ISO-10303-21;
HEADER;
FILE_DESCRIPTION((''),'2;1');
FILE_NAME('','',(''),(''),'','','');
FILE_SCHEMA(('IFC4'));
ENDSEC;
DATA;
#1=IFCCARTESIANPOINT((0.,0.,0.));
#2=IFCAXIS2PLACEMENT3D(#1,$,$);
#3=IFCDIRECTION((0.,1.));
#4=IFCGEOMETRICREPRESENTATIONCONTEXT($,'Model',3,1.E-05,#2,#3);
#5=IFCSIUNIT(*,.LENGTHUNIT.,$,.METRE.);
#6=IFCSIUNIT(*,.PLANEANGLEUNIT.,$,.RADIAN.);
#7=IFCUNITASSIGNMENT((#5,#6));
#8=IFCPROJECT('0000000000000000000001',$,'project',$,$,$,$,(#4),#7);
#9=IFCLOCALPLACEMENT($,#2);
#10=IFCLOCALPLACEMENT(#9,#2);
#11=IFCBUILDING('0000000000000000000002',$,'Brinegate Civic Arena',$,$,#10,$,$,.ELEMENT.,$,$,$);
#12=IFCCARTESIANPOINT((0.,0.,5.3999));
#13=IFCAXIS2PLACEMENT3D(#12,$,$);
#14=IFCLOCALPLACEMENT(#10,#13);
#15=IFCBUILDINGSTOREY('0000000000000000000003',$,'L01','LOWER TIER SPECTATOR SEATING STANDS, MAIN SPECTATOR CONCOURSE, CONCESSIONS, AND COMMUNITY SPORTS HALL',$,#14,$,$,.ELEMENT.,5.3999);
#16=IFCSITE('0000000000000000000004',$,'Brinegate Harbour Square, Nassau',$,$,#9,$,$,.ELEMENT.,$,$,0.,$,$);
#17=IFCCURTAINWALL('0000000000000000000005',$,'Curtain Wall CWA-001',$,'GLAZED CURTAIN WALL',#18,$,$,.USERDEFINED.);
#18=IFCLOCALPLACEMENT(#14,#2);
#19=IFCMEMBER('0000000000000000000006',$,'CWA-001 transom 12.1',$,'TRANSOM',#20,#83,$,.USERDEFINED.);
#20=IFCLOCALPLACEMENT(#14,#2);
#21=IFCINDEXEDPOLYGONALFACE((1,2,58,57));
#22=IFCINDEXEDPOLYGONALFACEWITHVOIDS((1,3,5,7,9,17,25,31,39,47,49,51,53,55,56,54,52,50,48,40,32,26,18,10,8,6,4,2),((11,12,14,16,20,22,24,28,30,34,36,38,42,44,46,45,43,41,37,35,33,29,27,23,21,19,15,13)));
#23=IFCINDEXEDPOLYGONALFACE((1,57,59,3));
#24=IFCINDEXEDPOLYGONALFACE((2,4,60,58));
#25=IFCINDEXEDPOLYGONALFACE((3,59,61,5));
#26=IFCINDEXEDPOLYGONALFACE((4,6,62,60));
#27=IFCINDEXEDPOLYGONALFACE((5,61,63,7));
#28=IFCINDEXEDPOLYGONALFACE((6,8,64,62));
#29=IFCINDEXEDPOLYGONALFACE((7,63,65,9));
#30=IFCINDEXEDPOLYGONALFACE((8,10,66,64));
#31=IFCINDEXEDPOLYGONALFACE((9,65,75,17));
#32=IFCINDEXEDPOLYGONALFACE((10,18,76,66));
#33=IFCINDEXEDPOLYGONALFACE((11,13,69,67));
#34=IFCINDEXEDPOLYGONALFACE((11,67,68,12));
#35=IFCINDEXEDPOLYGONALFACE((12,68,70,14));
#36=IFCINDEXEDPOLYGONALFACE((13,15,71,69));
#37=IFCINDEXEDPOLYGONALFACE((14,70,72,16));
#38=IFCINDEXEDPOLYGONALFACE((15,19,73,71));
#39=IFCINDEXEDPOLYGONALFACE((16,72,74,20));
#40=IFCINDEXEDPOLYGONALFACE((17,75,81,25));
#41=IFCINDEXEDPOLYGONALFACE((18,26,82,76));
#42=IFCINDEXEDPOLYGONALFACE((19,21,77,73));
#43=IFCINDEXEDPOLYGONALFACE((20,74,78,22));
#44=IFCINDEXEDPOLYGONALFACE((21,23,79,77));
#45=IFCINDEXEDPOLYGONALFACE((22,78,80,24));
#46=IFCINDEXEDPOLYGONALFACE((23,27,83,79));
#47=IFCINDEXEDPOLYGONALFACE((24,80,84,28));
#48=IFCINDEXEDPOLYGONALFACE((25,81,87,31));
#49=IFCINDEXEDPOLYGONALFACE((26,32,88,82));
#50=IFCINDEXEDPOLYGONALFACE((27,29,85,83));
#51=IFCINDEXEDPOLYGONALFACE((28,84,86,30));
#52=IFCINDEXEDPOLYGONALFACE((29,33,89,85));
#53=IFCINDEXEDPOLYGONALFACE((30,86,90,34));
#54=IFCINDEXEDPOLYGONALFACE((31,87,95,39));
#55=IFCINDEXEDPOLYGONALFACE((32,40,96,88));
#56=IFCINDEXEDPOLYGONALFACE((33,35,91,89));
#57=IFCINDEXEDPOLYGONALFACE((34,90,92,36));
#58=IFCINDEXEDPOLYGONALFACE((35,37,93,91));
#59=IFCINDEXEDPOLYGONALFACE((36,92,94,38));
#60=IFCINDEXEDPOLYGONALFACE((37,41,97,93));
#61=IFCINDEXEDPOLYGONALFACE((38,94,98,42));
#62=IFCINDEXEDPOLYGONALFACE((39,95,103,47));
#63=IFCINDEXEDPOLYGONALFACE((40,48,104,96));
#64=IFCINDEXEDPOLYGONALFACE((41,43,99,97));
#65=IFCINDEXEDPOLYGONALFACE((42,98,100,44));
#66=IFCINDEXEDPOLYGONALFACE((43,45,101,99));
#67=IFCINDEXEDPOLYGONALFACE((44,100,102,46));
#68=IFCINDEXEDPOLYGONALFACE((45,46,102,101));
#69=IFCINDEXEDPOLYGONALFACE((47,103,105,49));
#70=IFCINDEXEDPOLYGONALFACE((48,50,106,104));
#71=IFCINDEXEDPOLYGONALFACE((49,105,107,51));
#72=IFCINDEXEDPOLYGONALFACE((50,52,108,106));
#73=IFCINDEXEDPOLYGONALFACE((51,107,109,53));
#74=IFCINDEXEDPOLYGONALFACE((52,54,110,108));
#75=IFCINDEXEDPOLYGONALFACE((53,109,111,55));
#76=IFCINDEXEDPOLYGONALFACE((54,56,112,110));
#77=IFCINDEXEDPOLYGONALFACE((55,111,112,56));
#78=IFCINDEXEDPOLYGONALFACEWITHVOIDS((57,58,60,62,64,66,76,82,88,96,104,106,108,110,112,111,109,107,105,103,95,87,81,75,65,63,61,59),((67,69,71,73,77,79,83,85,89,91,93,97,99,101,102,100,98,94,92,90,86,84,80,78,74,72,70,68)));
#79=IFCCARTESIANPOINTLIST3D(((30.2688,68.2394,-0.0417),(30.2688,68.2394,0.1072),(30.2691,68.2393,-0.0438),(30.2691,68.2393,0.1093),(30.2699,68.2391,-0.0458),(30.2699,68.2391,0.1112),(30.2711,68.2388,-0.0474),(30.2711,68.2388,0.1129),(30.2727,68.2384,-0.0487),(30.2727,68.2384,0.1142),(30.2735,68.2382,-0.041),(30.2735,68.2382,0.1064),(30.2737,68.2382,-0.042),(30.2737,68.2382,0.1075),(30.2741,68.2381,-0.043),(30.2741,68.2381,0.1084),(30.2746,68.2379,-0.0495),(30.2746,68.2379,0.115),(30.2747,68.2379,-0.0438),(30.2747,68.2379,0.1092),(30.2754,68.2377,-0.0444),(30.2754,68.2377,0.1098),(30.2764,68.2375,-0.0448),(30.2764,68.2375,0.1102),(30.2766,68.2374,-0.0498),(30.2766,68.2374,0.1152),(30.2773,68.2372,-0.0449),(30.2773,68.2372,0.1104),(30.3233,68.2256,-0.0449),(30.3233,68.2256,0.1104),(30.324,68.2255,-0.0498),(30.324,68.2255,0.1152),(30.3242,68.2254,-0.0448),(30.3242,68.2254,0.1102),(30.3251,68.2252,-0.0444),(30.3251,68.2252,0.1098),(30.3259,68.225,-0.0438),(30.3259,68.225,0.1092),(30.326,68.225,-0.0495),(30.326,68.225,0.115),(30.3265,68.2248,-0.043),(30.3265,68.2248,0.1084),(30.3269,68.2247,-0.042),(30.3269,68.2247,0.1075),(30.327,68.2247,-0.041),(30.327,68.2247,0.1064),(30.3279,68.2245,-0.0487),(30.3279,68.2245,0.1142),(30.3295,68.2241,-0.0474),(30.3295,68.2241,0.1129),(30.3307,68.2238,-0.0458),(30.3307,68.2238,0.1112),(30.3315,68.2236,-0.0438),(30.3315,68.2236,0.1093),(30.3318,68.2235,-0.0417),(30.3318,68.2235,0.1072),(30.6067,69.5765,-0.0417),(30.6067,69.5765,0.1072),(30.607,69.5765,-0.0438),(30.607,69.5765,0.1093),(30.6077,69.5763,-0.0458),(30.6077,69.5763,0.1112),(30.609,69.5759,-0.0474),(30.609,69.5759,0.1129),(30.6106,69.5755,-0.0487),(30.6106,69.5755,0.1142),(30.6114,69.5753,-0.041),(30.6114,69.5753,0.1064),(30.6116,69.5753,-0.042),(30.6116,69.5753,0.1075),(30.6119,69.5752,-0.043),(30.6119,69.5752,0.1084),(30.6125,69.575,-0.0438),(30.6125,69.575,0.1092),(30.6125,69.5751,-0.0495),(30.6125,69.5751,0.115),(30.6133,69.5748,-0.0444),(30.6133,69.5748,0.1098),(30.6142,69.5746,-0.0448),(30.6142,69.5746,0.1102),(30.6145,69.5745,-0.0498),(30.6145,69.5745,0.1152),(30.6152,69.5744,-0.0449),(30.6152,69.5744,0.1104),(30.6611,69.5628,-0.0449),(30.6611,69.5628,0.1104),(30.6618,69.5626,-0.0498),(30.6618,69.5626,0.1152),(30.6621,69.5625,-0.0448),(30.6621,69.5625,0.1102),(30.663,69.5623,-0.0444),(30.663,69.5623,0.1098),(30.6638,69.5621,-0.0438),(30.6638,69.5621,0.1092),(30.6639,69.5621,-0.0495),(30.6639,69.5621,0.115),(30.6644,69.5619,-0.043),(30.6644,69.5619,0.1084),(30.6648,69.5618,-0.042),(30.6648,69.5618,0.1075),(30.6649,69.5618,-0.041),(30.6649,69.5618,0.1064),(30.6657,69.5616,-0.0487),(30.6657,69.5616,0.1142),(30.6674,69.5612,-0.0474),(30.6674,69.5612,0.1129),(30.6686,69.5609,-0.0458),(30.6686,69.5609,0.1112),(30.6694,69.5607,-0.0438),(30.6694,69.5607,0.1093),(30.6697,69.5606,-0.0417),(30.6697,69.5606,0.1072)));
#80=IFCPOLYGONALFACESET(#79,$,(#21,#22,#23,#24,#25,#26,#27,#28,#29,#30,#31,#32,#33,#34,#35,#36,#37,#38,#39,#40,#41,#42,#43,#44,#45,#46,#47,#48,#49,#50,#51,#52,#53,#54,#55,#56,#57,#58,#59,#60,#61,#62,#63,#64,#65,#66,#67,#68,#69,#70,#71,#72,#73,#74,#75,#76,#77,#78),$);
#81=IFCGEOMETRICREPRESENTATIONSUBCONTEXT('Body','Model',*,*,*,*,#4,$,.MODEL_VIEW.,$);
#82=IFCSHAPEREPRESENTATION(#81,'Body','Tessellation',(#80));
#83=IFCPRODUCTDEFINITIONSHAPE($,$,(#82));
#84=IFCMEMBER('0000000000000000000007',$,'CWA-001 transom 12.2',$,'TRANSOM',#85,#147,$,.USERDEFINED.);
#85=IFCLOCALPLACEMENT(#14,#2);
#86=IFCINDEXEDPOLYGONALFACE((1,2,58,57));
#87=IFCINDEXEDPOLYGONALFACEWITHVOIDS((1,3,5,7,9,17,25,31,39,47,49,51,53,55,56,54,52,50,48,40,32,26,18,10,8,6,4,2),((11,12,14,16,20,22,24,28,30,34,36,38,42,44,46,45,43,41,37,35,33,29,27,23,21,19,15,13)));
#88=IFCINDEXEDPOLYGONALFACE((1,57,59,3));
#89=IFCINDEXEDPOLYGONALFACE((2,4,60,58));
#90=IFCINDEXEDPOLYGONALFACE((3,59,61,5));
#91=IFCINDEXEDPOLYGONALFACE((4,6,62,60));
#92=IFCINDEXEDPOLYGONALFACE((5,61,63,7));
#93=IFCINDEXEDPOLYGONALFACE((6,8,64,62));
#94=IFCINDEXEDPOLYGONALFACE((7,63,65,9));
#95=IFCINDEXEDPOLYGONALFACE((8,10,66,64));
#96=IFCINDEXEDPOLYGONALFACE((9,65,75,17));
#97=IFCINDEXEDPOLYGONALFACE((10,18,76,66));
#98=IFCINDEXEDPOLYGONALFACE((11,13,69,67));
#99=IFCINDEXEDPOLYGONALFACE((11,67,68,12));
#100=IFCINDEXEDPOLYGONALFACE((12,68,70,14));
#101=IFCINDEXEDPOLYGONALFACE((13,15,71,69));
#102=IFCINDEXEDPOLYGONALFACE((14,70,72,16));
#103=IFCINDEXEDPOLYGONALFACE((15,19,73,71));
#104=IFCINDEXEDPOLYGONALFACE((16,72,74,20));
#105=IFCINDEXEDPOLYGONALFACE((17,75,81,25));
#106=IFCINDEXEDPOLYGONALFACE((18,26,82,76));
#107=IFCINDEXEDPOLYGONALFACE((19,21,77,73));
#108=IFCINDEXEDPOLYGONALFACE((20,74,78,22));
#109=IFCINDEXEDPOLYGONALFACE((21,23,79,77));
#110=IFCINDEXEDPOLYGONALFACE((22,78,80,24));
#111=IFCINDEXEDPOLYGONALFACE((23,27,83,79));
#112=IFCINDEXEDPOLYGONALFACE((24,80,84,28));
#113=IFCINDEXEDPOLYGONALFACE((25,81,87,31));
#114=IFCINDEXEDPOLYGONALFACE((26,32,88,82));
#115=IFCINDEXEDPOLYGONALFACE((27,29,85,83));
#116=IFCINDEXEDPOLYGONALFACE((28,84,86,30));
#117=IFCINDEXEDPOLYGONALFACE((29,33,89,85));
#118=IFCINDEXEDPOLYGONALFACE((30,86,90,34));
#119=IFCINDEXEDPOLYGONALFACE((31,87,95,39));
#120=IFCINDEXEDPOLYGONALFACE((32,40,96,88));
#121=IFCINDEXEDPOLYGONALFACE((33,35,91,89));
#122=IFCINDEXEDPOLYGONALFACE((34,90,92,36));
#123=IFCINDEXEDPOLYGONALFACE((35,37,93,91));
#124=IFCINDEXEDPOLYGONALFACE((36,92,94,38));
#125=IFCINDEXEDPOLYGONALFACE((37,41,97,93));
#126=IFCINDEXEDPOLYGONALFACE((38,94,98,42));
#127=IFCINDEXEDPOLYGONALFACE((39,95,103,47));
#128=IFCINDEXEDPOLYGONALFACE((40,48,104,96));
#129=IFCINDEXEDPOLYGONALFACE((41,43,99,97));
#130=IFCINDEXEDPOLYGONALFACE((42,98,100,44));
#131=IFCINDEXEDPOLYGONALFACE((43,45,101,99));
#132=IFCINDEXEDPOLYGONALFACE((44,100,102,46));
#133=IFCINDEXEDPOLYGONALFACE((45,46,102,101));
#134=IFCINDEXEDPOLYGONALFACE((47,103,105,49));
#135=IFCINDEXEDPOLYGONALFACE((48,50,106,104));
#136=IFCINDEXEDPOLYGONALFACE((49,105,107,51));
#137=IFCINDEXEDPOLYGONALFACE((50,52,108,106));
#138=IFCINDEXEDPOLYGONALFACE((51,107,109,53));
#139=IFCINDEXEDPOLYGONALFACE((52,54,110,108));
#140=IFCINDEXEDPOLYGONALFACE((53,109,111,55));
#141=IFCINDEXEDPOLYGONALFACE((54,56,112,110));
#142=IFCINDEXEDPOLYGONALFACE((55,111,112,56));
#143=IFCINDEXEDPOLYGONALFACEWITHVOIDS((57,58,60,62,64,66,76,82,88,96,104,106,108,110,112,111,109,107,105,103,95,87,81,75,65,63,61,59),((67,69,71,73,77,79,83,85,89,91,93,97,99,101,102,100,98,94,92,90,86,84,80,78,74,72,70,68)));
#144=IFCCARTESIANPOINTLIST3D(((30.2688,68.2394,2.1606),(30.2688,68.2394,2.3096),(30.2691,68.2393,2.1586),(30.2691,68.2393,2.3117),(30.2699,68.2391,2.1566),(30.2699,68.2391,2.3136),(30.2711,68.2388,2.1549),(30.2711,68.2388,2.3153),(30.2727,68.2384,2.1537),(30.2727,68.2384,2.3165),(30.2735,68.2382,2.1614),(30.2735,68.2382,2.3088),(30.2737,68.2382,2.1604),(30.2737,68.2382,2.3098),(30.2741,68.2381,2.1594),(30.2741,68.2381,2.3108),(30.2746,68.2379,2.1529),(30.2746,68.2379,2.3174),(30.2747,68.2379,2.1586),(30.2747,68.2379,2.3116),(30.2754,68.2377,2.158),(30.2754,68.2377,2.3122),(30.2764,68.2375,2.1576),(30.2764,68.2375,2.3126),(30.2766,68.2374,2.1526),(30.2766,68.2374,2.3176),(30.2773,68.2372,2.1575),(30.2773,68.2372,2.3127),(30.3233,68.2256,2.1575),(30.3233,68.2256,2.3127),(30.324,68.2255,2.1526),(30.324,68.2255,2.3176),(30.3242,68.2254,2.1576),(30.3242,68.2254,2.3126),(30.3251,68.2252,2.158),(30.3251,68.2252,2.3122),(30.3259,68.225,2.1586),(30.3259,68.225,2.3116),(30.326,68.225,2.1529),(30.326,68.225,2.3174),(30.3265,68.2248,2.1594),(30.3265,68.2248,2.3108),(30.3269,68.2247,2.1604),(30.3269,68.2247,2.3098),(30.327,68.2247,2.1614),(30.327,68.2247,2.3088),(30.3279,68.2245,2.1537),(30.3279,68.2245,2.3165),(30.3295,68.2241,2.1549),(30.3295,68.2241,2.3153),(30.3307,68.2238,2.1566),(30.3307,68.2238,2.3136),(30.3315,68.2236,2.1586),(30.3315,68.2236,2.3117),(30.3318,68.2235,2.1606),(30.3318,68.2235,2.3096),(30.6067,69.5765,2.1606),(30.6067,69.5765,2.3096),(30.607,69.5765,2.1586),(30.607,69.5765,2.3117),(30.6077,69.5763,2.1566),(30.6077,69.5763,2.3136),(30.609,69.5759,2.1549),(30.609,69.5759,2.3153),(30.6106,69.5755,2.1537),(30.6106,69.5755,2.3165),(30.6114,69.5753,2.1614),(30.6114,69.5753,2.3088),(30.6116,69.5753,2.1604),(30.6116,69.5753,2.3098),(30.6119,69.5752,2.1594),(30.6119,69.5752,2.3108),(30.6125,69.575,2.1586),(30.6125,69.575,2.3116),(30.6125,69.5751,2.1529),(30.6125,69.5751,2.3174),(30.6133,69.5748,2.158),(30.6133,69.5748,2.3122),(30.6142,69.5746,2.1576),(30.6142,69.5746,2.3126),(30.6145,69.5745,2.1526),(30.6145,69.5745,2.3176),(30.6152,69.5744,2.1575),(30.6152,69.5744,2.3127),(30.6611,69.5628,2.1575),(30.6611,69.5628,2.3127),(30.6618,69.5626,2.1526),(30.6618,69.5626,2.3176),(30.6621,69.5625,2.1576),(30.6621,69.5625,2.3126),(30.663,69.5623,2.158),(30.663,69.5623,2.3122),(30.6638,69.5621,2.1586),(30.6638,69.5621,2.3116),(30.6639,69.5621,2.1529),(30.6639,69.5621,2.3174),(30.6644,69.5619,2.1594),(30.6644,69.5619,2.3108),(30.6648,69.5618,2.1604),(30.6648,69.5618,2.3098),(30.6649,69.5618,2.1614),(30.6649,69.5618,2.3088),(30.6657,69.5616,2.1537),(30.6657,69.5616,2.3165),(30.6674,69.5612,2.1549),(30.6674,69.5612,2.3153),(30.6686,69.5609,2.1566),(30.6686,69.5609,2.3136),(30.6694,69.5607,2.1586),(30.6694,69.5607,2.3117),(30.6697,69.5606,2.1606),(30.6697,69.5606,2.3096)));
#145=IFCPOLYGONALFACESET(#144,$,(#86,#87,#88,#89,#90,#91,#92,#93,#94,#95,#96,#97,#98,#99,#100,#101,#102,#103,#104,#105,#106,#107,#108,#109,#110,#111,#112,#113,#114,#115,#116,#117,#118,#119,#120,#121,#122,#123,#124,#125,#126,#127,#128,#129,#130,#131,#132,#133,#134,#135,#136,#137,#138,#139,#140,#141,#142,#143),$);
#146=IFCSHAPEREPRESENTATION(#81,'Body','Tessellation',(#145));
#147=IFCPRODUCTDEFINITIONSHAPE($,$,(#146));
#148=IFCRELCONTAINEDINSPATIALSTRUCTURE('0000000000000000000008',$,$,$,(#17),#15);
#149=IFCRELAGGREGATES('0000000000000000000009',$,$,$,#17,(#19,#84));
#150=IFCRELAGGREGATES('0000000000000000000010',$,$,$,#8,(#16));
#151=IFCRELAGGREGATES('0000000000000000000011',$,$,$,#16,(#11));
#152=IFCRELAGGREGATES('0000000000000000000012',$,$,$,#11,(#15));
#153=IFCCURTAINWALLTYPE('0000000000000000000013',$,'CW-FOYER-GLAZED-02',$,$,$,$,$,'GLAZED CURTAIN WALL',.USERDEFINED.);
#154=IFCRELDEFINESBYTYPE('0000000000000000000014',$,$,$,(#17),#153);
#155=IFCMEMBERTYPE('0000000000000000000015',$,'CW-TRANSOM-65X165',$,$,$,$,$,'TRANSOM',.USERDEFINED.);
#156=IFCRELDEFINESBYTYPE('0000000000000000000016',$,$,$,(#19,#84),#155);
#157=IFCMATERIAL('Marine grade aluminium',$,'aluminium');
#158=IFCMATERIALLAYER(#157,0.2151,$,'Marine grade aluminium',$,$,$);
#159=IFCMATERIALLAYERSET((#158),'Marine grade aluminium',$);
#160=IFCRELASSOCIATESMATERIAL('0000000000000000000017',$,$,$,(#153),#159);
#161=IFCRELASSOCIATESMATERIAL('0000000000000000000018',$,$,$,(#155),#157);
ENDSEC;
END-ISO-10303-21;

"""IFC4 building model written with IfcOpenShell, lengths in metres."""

from ifc_helpers import new_model, si_unit, direction, frame, origin, origin_2d, place, context, subcontext, project, spatial, hollow_rectangle, extrude, material, layer, layer_set, material_profile, profile_set, type_object, element, aggregate, save


model = new_model("IFC4")

# Units and contexts
model_context = context("Model", 3, precision=1e-05, world=origin(), true_north=direction((0.0, 1.0)))
body_context = subcontext(model_context, "Body", "Model", "MODEL_VIEW")
ifc_project = project(units=[si_unit("LENGTHUNIT", "METRE"), si_unit("PLANEANGLEUNIT", "RADIAN")], contexts=[model_context])

# Site, building, storey
site_placement = place(None, origin())
site = spatial("IfcSite", under=ifc_project, at=site_placement, Name="Brinegate Harbour Square, Nassau", CompositionType="ELEMENT", RefElevation=0.0)
building_placement = place(site_placement, origin())
building = spatial("IfcBuilding", under=site, at=building_placement, Name="Brinegate Civic Arena", CompositionType="ELEMENT")
storey_placement = place(building_placement, frame((0.0, 0.0, 5.3999)))
storey = spatial("IfcBuildingStorey", under=building, at=storey_placement, Name="L01", Description="LOWER TIER SPECTATOR SEATING STANDS, MAIN SPECTATOR CONCOURSE, CONCESSIONS, AND COMMUNITY SPORTS HALL", CompositionType="ELEMENT", Elevation=5.3999)

# Curtain wall, members
ifc_material_1 = material(Name="Marine grade aluminium", Category="aluminium")
ifc_layer_1 = layer(ifc_material_1, 0.2151, Name="Marine grade aluminium")
ifc_layer_set_1 = layer_set([ifc_layer_1], Name="Marine grade aluminium")
curtain_wall_type = type_object("IfcCurtainWallType", Name="CW-FOYER-GLAZED-02", ElementType="GLAZED CURTAIN WALL", PredefinedType="USERDEFINED", material=ifc_layer_set_1)
curtain_wall_placement = place(storey_placement, origin())
curtain_wall = element("IfcCurtainWall", 1, at=curtain_wall_placement, inside=storey, type_object=curtain_wall_type, Name="Curtain Wall CWA-001", ObjectType="GLAZED CURTAIN WALL", PredefinedType="USERDEFINED")
ifc_material_profile_1 = material_profile(ifc_material_1, hollow_rectangle(XDim=0.0649, YDim=0.165, WallThickness=0.0049, InnerFilletRadius=0.0039, OuterFilletRadius=0.0081, at=origin_2d()), Name="TRN65X165")
ifc_profile_set_1 = profile_set([ifc_material_profile_1], Name="Marine grade aluminium")
member_type_1 = type_object("IfcMemberType", Name="CW-TRANSOM-65X165", ElementType="TRANSOM", PredefinedType="USERDEFINED", material=ifc_profile_set_1)
member_1_placement = place(storey_placement, frame((30.3003, 68.2314, 0.0327), z_axis=(0.244992, 0.969525, 0.0), x_axis=(-0.969525, 0.244992, 0.0)))
member_1 = element("IfcMember", 2, at=member_1_placement, type_object=member_type_1, Name="CWA-001 transom 12.1", ObjectType="TRANSOM", PredefinedType="USERDEFINED", context=body_context, shape_type="SweptSolid", body=[
    extrude(hollow_rectangle(XDim=0.0649, YDim=0.165, WallThickness=0.0049, InnerFilletRadius=0.0039, OuterFilletRadius=0.0081, at=origin_2d()), origin(), (0.0, 0.0, 1.0), 1.3792),
])
member_2_placement = place(storey_placement, frame((30.3003, 68.2314, 2.2351), z_axis=(0.244992, 0.969525, 0.0), x_axis=(-0.969525, 0.244992, 0.0)))
member_2 = element("IfcMember", 3, at=member_2_placement, type_object=member_type_1, Name="CWA-001 transom 12.2", ObjectType="TRANSOM", PredefinedType="USERDEFINED", context=body_context, shape_type="SweptSolid", body=[
    extrude(hollow_rectangle(XDim=0.0649, YDim=0.165, WallThickness=0.0049, InnerFilletRadius=0.0039, OuterFilletRadius=0.0081, at=origin_2d()), origin(), (0.0, 0.0, 1.0), 1.3792),
])
aggregate(curtain_wall, [member_1, member_2])

save(model, "model.ifc")
